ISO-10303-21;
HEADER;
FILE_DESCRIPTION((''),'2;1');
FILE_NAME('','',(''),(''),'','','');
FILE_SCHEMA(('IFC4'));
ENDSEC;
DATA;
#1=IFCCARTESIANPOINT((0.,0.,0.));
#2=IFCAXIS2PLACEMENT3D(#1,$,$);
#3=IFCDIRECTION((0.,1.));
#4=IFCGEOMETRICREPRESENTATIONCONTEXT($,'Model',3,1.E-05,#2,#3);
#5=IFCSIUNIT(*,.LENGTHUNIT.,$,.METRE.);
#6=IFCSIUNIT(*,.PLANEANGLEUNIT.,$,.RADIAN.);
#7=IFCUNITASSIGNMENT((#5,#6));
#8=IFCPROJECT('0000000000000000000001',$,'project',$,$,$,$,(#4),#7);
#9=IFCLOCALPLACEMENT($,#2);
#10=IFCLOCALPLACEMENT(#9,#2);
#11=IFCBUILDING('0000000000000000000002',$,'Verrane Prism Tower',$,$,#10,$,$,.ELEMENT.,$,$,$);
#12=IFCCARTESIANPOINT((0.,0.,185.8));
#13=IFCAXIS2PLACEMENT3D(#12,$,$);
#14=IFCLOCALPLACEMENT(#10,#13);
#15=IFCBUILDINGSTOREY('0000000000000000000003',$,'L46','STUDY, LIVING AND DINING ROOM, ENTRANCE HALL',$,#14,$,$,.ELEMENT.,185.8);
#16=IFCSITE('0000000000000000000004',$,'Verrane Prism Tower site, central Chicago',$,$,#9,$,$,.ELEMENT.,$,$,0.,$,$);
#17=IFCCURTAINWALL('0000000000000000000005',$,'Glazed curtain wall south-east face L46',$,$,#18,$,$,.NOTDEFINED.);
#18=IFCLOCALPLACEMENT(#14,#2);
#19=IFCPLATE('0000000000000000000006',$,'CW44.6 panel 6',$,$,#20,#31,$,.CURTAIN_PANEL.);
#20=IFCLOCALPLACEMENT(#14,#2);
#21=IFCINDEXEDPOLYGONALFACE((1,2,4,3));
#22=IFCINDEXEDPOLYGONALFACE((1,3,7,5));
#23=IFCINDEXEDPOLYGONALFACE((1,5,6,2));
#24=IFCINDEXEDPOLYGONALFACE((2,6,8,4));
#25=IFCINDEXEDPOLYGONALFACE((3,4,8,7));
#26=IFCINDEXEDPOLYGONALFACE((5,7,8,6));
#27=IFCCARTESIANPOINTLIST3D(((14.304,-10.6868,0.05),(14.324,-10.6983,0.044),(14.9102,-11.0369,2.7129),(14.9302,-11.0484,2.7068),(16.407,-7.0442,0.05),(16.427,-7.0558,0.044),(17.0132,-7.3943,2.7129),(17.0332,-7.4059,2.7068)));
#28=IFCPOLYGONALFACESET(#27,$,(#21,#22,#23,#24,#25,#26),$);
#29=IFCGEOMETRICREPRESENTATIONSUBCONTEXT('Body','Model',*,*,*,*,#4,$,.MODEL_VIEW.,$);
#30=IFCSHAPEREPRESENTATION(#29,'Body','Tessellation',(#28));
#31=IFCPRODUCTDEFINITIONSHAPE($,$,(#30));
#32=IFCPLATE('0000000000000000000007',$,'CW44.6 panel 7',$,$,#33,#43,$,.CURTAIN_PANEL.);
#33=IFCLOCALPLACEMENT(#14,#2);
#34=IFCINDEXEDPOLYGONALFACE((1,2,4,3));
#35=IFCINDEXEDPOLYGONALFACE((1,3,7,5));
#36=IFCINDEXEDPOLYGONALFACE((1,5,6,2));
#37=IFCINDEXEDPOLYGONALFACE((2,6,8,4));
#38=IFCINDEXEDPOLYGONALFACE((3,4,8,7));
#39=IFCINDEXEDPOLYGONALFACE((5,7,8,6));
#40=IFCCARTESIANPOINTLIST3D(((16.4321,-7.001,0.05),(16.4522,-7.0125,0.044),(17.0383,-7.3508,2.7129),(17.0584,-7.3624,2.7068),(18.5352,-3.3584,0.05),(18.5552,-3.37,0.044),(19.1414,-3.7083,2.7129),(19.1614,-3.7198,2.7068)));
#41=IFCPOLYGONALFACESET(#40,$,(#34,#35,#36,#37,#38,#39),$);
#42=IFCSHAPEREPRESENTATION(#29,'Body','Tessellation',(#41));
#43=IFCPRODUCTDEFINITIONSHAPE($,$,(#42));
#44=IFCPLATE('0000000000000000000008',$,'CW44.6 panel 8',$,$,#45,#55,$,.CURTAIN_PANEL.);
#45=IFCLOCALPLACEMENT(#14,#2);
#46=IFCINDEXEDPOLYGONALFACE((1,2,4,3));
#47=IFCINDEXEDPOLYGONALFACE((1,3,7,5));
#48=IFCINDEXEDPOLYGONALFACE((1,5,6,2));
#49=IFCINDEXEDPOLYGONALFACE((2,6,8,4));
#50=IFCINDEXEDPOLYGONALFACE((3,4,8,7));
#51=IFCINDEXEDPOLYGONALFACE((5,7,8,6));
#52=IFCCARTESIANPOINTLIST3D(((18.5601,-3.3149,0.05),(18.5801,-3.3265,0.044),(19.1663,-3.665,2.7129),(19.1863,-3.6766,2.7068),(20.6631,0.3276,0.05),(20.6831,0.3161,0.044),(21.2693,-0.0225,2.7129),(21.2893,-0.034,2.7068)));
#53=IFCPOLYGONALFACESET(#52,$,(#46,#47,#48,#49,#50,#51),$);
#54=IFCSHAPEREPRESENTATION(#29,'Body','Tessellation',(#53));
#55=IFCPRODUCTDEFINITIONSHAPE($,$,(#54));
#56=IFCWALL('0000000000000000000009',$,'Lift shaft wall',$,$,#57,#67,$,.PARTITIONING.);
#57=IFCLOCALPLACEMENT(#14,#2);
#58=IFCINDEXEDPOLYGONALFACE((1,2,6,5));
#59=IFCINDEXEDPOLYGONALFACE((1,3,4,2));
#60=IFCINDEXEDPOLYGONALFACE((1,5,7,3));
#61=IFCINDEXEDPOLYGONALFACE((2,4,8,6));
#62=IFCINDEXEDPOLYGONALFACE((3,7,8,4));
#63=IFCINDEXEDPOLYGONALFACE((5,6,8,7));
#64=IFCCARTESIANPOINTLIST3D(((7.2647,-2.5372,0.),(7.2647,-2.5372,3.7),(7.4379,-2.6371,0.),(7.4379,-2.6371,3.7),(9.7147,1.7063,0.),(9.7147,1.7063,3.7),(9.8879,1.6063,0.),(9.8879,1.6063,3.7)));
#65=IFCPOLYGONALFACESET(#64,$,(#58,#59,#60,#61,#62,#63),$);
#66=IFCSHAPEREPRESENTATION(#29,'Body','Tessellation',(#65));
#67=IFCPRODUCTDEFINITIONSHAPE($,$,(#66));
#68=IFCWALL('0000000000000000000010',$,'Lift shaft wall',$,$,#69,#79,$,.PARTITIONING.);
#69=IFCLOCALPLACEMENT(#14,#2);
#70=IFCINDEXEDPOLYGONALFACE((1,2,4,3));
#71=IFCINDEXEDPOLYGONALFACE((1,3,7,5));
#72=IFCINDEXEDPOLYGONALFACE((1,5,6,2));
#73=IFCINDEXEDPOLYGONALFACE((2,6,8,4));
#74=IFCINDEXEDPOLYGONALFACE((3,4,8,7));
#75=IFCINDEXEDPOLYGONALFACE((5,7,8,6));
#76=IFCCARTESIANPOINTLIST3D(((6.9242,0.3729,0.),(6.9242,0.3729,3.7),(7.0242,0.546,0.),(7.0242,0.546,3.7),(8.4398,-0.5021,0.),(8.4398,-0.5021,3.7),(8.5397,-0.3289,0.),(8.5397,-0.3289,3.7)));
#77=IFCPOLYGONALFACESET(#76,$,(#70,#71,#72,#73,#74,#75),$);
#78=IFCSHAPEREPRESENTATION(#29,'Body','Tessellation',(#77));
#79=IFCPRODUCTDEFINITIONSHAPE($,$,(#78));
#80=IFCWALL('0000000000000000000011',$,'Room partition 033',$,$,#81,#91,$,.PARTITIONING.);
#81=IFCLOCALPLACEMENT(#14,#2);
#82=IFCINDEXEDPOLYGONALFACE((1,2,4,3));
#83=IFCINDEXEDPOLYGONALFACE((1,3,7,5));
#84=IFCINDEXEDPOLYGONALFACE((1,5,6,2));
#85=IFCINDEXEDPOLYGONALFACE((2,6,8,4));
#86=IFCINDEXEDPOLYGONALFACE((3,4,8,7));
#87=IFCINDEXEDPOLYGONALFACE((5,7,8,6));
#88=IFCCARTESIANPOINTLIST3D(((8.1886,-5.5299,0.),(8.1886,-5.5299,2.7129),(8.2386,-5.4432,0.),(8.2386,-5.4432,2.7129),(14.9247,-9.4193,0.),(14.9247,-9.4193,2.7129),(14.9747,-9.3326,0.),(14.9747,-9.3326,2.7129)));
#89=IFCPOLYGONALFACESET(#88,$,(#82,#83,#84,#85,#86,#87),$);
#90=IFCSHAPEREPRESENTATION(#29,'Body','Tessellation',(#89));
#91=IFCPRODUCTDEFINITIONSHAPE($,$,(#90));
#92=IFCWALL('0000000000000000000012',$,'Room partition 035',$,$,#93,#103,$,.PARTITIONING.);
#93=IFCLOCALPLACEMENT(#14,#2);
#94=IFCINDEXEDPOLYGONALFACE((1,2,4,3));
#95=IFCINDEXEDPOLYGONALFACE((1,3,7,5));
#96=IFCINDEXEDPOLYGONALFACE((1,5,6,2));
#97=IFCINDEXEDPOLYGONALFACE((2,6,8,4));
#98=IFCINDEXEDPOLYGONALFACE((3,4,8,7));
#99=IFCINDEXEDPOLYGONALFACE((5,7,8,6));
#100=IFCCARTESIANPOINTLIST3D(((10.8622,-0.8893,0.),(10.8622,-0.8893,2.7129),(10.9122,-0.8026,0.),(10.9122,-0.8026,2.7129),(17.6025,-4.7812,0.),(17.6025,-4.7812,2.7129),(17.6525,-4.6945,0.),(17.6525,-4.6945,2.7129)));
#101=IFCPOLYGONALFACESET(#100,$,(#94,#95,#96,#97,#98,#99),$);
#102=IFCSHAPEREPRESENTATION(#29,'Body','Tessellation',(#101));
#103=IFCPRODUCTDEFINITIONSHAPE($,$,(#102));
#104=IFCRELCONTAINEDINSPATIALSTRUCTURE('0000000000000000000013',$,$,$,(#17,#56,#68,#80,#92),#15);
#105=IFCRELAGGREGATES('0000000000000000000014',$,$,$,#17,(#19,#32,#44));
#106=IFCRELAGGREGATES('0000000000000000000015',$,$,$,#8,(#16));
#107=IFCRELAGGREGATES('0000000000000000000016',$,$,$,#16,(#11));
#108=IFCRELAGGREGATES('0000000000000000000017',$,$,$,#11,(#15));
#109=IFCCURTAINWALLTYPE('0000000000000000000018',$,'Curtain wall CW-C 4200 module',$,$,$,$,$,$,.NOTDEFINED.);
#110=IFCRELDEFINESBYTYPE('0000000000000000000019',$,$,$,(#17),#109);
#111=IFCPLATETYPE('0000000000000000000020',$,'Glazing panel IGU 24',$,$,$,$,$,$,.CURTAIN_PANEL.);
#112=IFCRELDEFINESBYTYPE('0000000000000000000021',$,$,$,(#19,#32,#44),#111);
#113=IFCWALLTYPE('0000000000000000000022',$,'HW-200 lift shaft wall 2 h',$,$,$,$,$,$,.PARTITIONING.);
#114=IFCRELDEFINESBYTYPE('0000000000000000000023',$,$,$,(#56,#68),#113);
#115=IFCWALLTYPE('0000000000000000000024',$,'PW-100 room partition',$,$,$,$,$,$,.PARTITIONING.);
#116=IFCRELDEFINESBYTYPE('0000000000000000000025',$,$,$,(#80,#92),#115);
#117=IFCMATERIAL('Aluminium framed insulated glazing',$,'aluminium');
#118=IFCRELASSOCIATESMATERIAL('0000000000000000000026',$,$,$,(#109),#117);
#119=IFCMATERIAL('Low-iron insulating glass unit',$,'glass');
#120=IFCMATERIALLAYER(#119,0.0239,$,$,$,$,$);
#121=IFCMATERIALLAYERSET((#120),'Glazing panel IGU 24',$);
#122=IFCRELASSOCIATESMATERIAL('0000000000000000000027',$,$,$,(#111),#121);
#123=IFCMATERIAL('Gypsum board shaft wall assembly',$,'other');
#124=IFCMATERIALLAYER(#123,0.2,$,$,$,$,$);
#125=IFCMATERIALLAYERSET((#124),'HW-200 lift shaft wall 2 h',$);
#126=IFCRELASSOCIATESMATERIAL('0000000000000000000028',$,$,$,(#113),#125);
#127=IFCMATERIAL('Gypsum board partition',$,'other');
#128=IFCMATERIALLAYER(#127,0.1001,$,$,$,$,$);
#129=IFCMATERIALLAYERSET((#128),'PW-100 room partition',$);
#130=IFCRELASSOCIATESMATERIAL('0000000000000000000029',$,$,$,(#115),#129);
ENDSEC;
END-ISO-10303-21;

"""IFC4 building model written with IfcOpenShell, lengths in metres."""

from ifc_helpers import new_model, si_unit, direction, frame, frame_2d, origin, place, context, subcontext, project, spatial, polyline, rectangle, outline, extrude, material, layer, layer_set, type_object, element, aggregate, save


model = new_model("IFC4")

# Units and contexts
model_context = context("Model", 3, precision=1e-05, world=origin(), true_north=direction((0.0, 1.0)))
body_context = subcontext(model_context, "Body", "Model", "MODEL_VIEW")
ifc_project = project(units=[si_unit("LENGTHUNIT", "METRE"), si_unit("PLANEANGLEUNIT", "RADIAN")], contexts=[model_context])

# Site, building, storey
site_placement = place(None, origin())
site = spatial("IfcSite", under=ifc_project, at=site_placement, Name="Verrane Prism Tower site, central Chicago", CompositionType="ELEMENT", RefElevation=0.0)
building_placement = place(site_placement, origin())
building = spatial("IfcBuilding", under=site, at=building_placement, Name="Verrane Prism Tower", CompositionType="ELEMENT")
storey_placement = place(building_placement, frame((0.0, 0.0, 185.8)))
storey = spatial("IfcBuildingStorey", under=building, at=storey_placement, Name="L46", Description="STUDY, LIVING AND DINING ROOM, ENTRANCE HALL", CompositionType="ELEMENT", Elevation=185.8)

# Curtain wall
ifc_material_1 = material(Name="Aluminium framed insulated glazing", Category="aluminium")
curtain_wall_type = type_object("IfcCurtainWallType", Name="Curtain wall CW-C 4200 module", PredefinedType="NOTDEFINED", material=ifc_material_1)
curtain_wall_placement = place(storey_placement, origin())
curtain_wall = element("IfcCurtainWall", 1, at=curtain_wall_placement, inside=storey, type_object=curtain_wall_type, Name="Glazed curtain wall south-east face L46", PredefinedType="NOTDEFINED")

# Plates
ifc_material_2 = material(Name="Low-iron insulating glass unit", Category="glass")
ifc_layer_1 = layer(ifc_material_2, 0.0239)
ifc_layer_set_1 = layer_set([ifc_layer_1], Name="Glazing panel IGU 24")
plate_type = type_object("IfcPlateType", Name="Glazing panel IGU 24", PredefinedType="CURTAIN_PANEL", material=ifc_layer_set_1)
plate_1_placement = place(storey_placement, frame((14.304, -10.6868, 0.05), z_axis=(-0.837568, 0.483566, 0.254251), x_axis=(0.499997, 0.866027, 0.0)))
plate_1 = element("IfcPlate", 2, at=plate_1_placement, type_object=plate_type, Name="CW44.6 panel 6", PredefinedType="CURTAIN_PANEL", context=body_context, shape_type="SweptSolid", body=[
    extrude(outline(polyline([(0.0, 0.0), (4.2061, 0.0), (4.206, -2.7533), (-0.0001, -2.7533), (0.0, 0.0)])), origin(), (0.0, 0.0, -1.0), 0.0239),
])
plate_2_placement = place(storey_placement, frame((16.4321, -7.001, 0.05), z_axis=(-0.837577, 0.483572, 0.254209), x_axis=(0.499997, 0.866027, 0.0)))
plate_2 = element("IfcPlate", 3, at=plate_2_placement, type_object=plate_type, Name="CW44.6 panel 7", PredefinedType="CURTAIN_PANEL", context=body_context, shape_type="SweptSolid", body=[
    extrude(outline(polyline([(0.0, 0.0), (4.2061, 0.0), (4.2062, -2.7533), (0.0001, -2.7533), (0.0, 0.0)])), origin(), (0.0, 0.0, -1.0), 0.0239),
])
plate_3_placement = place(storey_placement, frame((18.5601, -3.3149, 0.05), z_axis=(-0.837568, 0.483566, 0.254251), x_axis=(0.499997, 0.866027, 0.0)))
plate_3 = element("IfcPlate", 4, at=plate_3_placement, type_object=plate_type, Name="CW44.6 panel 8", PredefinedType="CURTAIN_PANEL", context=body_context, shape_type="SweptSolid", body=[
    extrude(outline(polyline([(0.0, 0.0), (4.2061, 0.0), (4.206, -2.7533), (-0.0001, -2.7533), (0.0, 0.0)])), origin(), (0.0, 0.0, -1.0), 0.0239),
])
aggregate(curtain_wall, [plate_1, plate_2, plate_3])

# Walls
ifc_material_3 = material(Name="Gypsum board shaft wall assembly", Category="other")
ifc_layer_2 = layer(ifc_material_3, 0.2)
ifc_layer_set_2 = layer_set([ifc_layer_2], Name="HW-200 lift shaft wall 2 h")
wall_type_1 = type_object("IfcWallType", Name="HW-200 lift shaft wall 2 h", PredefinedType="PARTITIONING", material=ifc_layer_set_2)
wall_1_placement = place(storey_placement, frame((7.3513, -2.5872, 0.0), z_axis=(0.0, 0.0, 1.0), x_axis=(0.500003, 0.866024, 0.0)))
element("IfcWall", 5, at=wall_1_placement, inside=storey, type_object=wall_type_1, Name="Lift shaft wall", PredefinedType="PARTITIONING", context=body_context, shape_type="SweptSolid", body=[
    extrude(rectangle(XDim=4.8999, YDim=0.2, at=frame_2d((2.45, 0.0))), origin(), (0.0, 0.0, 1.0), 3.7),
])
wall_2_placement = place(storey_placement, frame((8.4897, -0.4155, 0.0), z_axis=(0.0, 0.0, 1.0), x_axis=(-0.866037, 0.49998, 0.0)))
element("IfcWall", 6, at=wall_2_placement, inside=storey, type_object=wall_type_1, Name="Lift shaft wall", PredefinedType="PARTITIONING", context=body_context, shape_type="SweptSolid", body=[
    extrude(rectangle(XDim=1.75, YDim=0.2, at=frame_2d((0.875, 0.0))), origin(), (0.0, 0.0, 1.0), 3.7),
])
ifc_material_4 = material(Name="Gypsum board partition", Category="other")
ifc_layer_3 = layer(ifc_material_4, 0.1001)
ifc_layer_set_3 = layer_set([ifc_layer_3], Name="PW-100 room partition")
wall_type_2 = type_object("IfcWallType", Name="PW-100 room partition", PredefinedType="PARTITIONING", material=ifc_layer_set_3)
wall_3_placement = place(storey_placement, frame((8.2136, -5.4866, 0.0), z_axis=(0.0, 0.0, 1.0), x_axis=(0.866007, -0.500031, 0.0)))
element("IfcWall", 7, at=wall_3_placement, inside=storey, type_object=wall_type_2, Name="Room partition 033", PredefinedType="PARTITIONING", context=body_context, shape_type="SweptSolid", body=[
    extrude(rectangle(XDim=7.7783, YDim=0.1001, at=frame_2d((3.8892, 0.0))), origin(), (0.0, 0.0, 1.0), 2.7129),
])
wall_4_placement = place(storey_placement, frame((10.8872, -0.8459, 0.0), z_axis=(0.0, 0.0, 1.0), x_axis=(0.866005, -0.500036, 0.0)))
element("IfcWall", 8, at=wall_4_placement, inside=storey, type_object=wall_type_2, Name="Room partition 035", PredefinedType="PARTITIONING", context=body_context, shape_type="SweptSolid", body=[
    extrude(rectangle(XDim=7.7832, YDim=0.1001, at=frame_2d((3.8916, 0.0))), origin(), (0.0, 0.0, 1.0), 2.7129),
])

save(model, "model.ifc")
